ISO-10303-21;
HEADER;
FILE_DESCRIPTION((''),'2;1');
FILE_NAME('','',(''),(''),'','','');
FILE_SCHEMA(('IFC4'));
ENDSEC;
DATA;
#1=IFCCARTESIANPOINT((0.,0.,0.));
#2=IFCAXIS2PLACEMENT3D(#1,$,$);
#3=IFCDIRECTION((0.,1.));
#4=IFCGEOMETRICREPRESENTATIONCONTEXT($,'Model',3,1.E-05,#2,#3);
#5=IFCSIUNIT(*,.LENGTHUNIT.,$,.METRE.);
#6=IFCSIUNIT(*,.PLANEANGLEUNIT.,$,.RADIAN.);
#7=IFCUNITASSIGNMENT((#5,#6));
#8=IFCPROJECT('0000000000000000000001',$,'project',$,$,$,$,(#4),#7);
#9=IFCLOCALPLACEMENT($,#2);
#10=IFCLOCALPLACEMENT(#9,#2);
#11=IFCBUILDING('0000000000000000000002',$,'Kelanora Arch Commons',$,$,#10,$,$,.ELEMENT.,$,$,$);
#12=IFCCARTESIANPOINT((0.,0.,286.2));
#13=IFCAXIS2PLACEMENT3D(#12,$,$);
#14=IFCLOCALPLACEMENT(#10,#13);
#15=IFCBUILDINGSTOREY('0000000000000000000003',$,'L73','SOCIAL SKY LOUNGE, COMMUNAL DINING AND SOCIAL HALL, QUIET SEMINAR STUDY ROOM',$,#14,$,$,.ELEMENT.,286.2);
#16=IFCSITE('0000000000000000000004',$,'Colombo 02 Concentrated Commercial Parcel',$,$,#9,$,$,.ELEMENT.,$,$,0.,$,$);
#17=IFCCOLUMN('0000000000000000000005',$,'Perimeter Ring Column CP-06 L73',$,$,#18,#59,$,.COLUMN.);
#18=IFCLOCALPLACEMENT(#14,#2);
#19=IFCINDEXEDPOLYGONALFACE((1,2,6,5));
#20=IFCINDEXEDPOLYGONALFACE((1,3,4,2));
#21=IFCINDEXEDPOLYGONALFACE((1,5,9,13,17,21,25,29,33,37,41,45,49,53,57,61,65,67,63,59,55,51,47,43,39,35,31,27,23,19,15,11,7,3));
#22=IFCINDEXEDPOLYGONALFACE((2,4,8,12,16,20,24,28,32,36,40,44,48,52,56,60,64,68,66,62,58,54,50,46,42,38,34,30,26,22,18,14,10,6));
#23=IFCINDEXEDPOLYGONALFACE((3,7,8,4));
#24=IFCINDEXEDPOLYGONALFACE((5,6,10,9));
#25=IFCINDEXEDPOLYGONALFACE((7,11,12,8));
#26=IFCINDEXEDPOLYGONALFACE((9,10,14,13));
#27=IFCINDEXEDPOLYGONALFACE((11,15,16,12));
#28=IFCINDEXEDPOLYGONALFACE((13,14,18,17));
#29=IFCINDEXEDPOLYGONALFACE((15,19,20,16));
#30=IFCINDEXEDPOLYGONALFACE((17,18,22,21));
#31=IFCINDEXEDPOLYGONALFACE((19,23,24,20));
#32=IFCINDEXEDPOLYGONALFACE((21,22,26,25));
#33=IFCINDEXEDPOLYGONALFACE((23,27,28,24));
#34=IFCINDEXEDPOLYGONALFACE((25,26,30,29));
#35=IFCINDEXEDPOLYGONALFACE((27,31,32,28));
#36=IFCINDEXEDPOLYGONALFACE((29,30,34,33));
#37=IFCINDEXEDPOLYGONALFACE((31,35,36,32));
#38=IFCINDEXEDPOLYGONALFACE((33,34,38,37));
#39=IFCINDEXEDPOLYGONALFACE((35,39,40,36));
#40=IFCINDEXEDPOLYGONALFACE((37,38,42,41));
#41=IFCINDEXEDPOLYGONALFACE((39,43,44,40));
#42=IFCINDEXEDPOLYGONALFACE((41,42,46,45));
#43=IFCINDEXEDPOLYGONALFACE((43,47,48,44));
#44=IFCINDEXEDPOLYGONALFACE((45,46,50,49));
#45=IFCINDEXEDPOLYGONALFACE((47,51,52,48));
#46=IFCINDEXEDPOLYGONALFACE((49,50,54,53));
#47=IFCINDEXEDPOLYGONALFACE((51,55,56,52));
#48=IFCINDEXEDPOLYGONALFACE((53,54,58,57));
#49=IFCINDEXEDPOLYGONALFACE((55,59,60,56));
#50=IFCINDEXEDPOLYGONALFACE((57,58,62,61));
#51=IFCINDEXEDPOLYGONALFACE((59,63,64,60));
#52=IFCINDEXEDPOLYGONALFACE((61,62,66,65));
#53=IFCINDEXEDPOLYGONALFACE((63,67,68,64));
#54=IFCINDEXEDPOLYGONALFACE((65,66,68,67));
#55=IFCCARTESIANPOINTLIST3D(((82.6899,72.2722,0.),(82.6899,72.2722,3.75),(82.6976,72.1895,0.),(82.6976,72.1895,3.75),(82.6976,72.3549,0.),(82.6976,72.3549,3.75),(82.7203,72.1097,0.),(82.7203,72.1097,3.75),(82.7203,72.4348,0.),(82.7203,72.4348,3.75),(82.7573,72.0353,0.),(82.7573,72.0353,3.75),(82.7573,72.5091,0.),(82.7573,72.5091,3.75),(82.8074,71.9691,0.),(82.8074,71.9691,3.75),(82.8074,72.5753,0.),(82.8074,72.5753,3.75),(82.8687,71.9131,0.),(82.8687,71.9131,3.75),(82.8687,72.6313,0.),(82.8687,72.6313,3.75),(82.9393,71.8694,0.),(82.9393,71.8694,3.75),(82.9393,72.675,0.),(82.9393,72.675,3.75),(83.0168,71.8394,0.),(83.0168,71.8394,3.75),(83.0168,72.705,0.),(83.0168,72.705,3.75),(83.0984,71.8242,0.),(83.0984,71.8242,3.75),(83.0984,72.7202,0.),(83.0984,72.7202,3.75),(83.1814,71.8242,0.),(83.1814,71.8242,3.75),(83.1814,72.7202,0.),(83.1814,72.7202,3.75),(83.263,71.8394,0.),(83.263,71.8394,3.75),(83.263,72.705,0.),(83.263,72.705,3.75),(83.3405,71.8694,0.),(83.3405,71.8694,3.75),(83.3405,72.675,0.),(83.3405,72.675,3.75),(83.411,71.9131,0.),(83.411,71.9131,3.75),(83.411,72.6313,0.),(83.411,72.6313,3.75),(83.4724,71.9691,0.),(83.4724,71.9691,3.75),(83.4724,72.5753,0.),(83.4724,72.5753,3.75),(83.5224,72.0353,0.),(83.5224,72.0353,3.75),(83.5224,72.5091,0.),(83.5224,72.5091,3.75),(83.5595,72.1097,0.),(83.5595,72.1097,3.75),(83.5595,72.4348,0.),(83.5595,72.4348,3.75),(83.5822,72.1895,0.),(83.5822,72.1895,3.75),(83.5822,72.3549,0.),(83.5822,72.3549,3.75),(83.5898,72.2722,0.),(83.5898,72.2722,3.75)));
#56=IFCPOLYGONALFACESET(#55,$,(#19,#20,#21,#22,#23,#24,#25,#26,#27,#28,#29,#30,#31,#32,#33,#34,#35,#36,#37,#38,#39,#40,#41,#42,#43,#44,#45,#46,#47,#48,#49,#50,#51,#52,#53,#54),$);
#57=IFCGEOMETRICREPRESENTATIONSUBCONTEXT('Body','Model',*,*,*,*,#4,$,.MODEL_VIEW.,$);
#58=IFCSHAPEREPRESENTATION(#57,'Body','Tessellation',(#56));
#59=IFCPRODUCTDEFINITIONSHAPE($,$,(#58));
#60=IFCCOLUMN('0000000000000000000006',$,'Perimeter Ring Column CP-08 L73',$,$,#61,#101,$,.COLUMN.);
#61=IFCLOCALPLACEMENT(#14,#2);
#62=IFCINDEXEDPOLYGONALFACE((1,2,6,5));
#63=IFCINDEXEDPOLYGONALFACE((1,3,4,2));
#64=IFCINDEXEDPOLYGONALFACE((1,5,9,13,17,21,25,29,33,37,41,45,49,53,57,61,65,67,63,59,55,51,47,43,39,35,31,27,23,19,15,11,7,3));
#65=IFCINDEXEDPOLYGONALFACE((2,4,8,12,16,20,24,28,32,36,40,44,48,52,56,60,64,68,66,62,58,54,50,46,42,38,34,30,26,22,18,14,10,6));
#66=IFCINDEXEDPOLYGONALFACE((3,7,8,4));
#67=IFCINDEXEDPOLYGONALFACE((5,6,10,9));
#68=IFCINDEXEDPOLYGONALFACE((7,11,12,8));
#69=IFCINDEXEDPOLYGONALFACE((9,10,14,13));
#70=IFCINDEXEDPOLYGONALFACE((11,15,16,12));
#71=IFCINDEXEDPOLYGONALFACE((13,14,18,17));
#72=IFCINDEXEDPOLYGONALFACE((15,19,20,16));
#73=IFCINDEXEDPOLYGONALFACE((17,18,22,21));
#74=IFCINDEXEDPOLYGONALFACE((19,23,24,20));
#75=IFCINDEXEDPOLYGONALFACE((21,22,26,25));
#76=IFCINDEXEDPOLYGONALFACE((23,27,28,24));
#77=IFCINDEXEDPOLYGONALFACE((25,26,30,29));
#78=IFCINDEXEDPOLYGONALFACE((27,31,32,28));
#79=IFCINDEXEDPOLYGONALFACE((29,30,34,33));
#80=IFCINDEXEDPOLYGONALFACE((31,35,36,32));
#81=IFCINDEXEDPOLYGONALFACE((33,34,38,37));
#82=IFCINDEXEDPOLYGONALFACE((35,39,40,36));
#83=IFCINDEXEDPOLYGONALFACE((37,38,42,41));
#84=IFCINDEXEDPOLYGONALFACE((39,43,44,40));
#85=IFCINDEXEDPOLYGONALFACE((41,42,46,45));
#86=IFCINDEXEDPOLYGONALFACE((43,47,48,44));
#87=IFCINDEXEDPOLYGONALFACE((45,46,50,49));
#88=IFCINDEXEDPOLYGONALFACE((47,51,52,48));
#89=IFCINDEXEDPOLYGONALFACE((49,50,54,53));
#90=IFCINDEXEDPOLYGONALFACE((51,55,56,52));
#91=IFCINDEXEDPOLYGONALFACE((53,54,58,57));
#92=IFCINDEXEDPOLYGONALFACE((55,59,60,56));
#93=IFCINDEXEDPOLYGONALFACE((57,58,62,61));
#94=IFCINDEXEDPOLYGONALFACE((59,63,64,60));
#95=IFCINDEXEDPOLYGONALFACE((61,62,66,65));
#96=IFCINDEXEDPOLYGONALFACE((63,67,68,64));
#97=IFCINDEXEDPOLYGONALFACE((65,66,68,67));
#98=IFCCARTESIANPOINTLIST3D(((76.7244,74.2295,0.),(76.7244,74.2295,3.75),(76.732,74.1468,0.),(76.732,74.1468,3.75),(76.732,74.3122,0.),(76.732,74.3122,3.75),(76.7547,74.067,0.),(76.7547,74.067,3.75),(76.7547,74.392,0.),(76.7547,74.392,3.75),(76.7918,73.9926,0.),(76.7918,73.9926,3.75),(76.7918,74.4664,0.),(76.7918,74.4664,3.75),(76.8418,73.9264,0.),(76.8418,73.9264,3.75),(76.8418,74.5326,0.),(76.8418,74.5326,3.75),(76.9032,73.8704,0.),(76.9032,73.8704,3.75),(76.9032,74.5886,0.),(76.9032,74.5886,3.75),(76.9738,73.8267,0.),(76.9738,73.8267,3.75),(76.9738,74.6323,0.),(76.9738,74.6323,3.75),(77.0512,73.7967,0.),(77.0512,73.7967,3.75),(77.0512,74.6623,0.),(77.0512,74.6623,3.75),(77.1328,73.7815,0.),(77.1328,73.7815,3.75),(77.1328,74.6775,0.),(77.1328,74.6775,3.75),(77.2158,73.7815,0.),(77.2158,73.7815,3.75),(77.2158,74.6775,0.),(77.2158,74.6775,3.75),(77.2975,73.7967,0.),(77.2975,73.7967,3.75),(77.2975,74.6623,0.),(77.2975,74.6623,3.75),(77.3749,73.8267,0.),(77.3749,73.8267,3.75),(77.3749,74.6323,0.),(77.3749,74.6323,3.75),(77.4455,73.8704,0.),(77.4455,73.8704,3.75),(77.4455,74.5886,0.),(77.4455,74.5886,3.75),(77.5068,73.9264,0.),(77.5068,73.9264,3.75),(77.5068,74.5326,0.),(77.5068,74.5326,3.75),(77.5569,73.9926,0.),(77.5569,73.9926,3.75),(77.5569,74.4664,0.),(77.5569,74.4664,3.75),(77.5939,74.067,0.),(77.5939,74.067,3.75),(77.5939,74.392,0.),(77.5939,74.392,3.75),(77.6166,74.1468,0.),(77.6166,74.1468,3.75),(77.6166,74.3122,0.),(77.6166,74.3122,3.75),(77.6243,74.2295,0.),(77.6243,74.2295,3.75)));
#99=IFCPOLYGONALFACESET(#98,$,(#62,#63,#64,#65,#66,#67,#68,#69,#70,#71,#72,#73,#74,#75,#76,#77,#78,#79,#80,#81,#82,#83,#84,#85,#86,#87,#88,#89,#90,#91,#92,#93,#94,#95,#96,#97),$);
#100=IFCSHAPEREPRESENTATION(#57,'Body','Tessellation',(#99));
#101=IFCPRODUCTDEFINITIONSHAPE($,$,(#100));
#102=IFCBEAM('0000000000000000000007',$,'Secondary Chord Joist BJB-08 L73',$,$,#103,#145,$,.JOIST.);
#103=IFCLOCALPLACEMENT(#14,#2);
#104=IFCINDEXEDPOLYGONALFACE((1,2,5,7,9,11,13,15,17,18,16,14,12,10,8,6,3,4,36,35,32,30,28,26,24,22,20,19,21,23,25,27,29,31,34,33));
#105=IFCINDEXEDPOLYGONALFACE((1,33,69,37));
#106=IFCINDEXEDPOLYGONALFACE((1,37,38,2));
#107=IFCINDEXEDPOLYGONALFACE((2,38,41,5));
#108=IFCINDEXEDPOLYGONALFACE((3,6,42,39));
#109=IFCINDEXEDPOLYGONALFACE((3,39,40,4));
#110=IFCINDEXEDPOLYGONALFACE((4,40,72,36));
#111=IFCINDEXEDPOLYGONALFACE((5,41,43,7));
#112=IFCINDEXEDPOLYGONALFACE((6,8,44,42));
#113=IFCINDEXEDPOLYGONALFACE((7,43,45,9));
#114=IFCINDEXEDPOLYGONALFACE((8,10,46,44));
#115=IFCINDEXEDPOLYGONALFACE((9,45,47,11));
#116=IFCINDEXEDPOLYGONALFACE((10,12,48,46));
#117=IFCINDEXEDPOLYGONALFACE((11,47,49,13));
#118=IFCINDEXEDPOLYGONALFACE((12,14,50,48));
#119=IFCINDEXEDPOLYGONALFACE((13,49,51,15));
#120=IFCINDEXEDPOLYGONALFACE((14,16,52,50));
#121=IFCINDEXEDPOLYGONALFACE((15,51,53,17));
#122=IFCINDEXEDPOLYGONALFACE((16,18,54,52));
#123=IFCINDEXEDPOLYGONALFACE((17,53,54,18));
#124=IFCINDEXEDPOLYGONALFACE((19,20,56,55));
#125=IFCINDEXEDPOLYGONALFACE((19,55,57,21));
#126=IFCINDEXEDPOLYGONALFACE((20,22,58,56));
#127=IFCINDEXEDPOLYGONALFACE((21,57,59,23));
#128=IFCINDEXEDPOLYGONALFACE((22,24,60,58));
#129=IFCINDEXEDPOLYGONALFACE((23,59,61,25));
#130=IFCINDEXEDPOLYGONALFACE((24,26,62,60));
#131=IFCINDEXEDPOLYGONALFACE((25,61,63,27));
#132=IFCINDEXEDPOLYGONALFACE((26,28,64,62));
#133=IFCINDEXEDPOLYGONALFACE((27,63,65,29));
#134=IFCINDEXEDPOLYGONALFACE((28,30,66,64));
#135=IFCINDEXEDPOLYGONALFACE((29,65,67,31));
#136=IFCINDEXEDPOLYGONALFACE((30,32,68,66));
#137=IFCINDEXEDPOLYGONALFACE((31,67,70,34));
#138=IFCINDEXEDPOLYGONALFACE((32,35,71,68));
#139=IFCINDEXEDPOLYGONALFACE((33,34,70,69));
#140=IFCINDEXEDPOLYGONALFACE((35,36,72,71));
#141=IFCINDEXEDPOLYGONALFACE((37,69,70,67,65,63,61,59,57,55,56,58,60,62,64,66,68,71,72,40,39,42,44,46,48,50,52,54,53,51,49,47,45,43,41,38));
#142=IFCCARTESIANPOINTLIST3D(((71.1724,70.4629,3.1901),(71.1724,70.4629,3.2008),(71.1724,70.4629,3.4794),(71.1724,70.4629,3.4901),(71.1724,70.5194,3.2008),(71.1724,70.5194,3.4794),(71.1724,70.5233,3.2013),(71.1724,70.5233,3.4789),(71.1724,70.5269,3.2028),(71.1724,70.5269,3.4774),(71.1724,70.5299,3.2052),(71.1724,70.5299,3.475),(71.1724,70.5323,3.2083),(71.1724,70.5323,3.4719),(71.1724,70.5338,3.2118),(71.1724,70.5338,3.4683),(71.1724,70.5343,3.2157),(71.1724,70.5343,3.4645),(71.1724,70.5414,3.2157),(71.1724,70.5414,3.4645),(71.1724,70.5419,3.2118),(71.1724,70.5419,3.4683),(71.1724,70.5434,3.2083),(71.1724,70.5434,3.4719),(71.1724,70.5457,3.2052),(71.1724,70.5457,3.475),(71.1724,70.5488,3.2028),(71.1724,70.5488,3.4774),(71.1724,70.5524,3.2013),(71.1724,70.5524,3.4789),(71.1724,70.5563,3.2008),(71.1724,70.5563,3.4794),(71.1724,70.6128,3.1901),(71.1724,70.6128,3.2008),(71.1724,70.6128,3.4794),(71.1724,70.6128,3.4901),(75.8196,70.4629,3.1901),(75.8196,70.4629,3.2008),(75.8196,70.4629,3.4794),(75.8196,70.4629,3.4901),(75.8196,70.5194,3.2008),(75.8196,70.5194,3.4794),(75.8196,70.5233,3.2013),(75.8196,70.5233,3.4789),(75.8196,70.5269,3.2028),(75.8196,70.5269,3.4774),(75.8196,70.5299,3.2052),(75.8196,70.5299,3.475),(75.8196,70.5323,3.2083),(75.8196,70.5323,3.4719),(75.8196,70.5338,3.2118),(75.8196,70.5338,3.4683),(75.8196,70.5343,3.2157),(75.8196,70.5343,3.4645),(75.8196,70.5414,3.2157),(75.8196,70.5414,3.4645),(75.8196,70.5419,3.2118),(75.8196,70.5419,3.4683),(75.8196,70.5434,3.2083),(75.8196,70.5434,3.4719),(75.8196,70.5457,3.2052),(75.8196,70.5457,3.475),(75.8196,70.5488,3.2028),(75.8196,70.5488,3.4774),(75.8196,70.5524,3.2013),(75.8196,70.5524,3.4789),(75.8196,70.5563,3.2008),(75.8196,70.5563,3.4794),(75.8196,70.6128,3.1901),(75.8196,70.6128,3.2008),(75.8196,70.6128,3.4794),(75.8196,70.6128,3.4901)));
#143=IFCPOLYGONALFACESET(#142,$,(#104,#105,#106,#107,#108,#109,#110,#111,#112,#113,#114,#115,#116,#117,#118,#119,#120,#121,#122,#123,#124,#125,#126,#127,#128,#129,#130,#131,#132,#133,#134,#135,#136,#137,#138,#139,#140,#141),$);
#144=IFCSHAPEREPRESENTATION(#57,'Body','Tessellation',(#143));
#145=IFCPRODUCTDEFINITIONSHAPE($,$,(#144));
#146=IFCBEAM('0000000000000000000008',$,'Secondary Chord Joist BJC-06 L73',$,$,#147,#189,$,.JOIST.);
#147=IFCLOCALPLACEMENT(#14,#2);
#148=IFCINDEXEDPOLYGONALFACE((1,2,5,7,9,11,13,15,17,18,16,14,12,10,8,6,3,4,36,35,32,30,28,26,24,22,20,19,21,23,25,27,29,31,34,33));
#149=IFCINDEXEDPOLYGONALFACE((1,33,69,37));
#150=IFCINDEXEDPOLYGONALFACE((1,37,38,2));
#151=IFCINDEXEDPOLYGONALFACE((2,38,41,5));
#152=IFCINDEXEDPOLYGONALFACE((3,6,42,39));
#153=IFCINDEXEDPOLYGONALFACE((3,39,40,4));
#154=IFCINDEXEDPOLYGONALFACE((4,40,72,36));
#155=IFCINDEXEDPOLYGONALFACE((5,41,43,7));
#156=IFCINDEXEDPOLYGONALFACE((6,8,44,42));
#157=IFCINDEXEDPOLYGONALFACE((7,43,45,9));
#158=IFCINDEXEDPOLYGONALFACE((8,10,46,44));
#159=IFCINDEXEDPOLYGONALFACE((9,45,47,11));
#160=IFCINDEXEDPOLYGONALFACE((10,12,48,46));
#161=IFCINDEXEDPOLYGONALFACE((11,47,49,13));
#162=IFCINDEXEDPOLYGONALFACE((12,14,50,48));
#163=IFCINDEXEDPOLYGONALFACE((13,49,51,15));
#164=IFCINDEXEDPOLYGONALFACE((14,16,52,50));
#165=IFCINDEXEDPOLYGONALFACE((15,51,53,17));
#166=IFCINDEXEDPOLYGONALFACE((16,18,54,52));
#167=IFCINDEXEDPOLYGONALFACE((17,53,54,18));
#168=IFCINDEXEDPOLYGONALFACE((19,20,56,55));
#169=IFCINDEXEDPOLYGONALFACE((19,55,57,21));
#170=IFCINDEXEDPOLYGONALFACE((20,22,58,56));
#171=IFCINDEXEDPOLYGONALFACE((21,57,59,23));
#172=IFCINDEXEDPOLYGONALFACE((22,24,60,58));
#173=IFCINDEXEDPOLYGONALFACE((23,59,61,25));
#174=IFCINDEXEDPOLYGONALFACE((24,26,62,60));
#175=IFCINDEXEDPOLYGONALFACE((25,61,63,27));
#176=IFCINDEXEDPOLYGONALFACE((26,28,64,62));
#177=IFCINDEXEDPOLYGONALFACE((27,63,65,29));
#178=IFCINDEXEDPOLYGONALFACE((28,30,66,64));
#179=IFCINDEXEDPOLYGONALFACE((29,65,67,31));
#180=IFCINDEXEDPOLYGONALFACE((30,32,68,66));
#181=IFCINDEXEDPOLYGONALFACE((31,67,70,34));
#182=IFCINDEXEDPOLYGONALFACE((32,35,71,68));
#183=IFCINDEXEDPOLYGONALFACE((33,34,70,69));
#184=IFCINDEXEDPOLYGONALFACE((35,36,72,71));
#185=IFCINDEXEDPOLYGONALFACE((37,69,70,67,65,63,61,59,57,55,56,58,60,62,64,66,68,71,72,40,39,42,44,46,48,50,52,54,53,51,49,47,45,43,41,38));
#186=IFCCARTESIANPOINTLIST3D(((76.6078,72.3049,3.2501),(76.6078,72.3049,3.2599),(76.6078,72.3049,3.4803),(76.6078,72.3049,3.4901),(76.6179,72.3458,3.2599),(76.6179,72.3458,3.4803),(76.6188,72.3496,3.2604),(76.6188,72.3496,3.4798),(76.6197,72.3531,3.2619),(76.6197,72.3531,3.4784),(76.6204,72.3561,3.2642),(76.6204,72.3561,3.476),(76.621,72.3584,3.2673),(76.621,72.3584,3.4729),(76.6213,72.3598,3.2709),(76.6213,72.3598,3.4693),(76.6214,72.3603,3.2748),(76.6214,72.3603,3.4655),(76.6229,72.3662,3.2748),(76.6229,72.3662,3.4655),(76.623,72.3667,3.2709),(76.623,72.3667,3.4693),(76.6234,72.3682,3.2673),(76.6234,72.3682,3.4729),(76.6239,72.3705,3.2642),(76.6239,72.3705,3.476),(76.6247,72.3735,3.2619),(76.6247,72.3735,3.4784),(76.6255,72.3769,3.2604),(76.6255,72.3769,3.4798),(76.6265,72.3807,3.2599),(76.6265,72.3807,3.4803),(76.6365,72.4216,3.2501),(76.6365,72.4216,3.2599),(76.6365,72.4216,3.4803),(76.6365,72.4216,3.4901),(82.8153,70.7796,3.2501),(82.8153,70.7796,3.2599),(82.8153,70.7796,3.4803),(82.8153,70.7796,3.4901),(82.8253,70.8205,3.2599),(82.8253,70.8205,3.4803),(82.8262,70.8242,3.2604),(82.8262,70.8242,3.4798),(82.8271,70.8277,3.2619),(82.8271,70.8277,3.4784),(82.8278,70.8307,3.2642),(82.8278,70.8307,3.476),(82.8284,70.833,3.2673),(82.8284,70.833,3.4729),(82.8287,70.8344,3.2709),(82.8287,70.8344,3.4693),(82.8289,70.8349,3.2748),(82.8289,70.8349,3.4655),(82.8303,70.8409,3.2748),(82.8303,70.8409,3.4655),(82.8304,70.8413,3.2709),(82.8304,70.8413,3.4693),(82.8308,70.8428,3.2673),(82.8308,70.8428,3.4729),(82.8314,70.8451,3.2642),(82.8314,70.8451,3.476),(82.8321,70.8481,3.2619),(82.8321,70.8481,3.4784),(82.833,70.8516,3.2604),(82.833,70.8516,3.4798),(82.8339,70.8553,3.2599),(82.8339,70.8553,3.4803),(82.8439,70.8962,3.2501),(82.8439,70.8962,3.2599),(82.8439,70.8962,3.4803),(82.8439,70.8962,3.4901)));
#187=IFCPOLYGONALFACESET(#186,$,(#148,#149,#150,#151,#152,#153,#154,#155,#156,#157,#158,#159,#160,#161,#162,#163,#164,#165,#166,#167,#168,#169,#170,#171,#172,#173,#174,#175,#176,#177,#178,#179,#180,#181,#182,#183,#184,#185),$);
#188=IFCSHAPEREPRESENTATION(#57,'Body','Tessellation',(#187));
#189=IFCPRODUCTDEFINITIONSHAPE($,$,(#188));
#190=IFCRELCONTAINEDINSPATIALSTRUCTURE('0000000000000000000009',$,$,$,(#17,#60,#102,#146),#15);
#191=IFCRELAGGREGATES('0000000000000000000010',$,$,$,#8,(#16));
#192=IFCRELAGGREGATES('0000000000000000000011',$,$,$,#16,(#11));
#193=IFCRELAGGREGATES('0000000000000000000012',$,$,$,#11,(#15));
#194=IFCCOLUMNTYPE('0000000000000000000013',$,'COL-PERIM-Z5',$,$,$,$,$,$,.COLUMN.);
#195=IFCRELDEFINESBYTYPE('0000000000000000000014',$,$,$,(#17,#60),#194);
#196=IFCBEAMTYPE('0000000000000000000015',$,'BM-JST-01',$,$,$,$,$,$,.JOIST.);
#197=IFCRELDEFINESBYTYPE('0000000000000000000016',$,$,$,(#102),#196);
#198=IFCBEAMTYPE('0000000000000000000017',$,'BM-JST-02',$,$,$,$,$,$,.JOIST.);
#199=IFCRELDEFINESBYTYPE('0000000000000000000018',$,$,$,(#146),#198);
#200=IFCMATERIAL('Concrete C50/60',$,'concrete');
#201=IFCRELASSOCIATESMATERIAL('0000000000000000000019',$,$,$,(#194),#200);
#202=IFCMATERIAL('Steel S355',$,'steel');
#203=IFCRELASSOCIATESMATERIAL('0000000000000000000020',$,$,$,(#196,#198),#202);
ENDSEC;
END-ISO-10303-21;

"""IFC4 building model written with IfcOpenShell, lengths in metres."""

from ifc_helpers import new_model, si_unit, direction, frame, origin, origin_2d, place, context, subcontext, project, spatial, circle, i_section, extrude, material, material_profile, profile_set, type_object, element, save


model = new_model("IFC4")

# Units and contexts
model_context = context("Model", 3, precision=1e-05, world=origin(), true_north=direction((0.0, 1.0)))
body_context = subcontext(model_context, "Body", "Model", "MODEL_VIEW")
ifc_project = project(units=[si_unit("LENGTHUNIT", "METRE"), si_unit("PLANEANGLEUNIT", "RADIAN")], contexts=[model_context])

# Site, building, storey
site_placement = place(None, origin())
site = spatial("IfcSite", under=ifc_project, at=site_placement, Name="Colombo 02 Concentrated Commercial Parcel", CompositionType="ELEMENT", RefElevation=0.0)
building_placement = place(site_placement, origin())
building = spatial("IfcBuilding", under=site, at=building_placement, Name="Kelanora Arch Commons", CompositionType="ELEMENT")
storey_placement = place(building_placement, frame((0.0, 0.0, 286.2)))
storey = spatial("IfcBuildingStorey", under=building, at=storey_placement, Name="L73", Description="SOCIAL SKY LOUNGE, COMMUNAL DINING AND SOCIAL HALL, QUIET SEMINAR STUDY ROOM", CompositionType="ELEMENT", Elevation=286.2)

# Columns
ifc_material_1 = material(Name="Concrete C50/60", Category="concrete")
ifc_material_profile_1 = material_profile(ifc_material_1, circle(Radius=0.45, at=origin_2d()), Name="RCC900")
ifc_profile_set_1 = profile_set([ifc_material_profile_1], Name="Concrete C50/60")
column_type = type_object("IfcColumnType", Name="COL-PERIM-Z5", PredefinedType="COLUMN", material=ifc_profile_set_1)
for number, where, z_axis, x_axis, name in (
    (1, (83.1399, 72.2722, 0.0), (0.0, 0.0, 1.0), (1.0, 0.0, 0.0), "Perimeter Ring Column CP-06 L73"),
    (2, (77.1743, 74.2295, 0.0), (0.0, 0.0, 1.0), (1.0, 0.0, 0.0), "Perimeter Ring Column CP-08 L73"),
):
    element("IfcColumn", number, at=place(storey_placement, frame(where, z_axis=z_axis, x_axis=x_axis)), inside=storey, type_object=column_type, Name=name, PredefinedType="COLUMN", context=body_context, shape_type="SweptSolid", body=[
        extrude(circle(Radius=0.45, at=origin_2d()), origin(), (0.0, 0.0, 1.0), 3.75),
    ])

# Beams
ifc_material_2 = material(Name="Steel S355", Category="steel")
ifc_material_profile_2 = material_profile(ifc_material_2, i_section(OverallWidth=0.1499, OverallDepth=0.3, WebThickness=0.0071, FlangeThickness=0.0107, FilletRadius=0.0149, at=origin_2d()), Name="IPE300")
ifc_profile_set_2 = profile_set([ifc_material_profile_2], Name="Steel S355")
beam_type_1 = type_object("IfcBeamType", Name="BM-JST-01", PredefinedType="JOIST", material=ifc_profile_set_2)
beam_1_placement = place(storey_placement, frame((75.8196, 70.5378, 3.3401), z_axis=(-1.0, 0.0, 0.0), x_axis=(0.0, -1.0, 0.0)))
element("IfcBeam", 3, at=beam_1_placement, inside=storey, type_object=beam_type_1, Name="Secondary Chord Joist BJB-08 L73", PredefinedType="JOIST", context=body_context, shape_type="SweptSolid", body=[
    extrude(i_section(OverallWidth=0.1499, OverallDepth=0.3, WebThickness=0.0071, FlangeThickness=0.0107, FilletRadius=0.0149, at=origin_2d()), origin(), (0.0, 0.0, 1.0), 4.6472),
])
ifc_material_profile_3 = material_profile(ifc_material_2, i_section(OverallWidth=0.1201, OverallDepth=0.24, WebThickness=0.0061, FlangeThickness=0.0098, FilletRadius=0.0149, at=origin_2d()), Name="IPE240")
ifc_profile_set_3 = profile_set([ifc_material_profile_3], Name="Steel S355")
beam_type_2 = type_object("IfcBeamType", Name="BM-JST-02", PredefinedType="JOIST", material=ifc_profile_set_3)
beam_2_placement = place(storey_placement, frame((82.8296, 70.8379, 3.3701), z_axis=(-0.97111, 0.238633, 0.0), x_axis=(-0.238633, -0.97111, 0.0)))
element("IfcBeam", 4, at=beam_2_placement, inside=storey, type_object=beam_type_2, Name="Secondary Chord Joist BJC-06 L73", PredefinedType="JOIST", context=body_context, shape_type="SweptSolid", body=[
    extrude(i_section(OverallWidth=0.1201, OverallDepth=0.24, WebThickness=0.0061, FlangeThickness=0.0098, FilletRadius=0.0149, at=origin_2d()), origin(), (0.0, 0.0, 1.0), 6.3921),
])

save(model, "model.ifc")
